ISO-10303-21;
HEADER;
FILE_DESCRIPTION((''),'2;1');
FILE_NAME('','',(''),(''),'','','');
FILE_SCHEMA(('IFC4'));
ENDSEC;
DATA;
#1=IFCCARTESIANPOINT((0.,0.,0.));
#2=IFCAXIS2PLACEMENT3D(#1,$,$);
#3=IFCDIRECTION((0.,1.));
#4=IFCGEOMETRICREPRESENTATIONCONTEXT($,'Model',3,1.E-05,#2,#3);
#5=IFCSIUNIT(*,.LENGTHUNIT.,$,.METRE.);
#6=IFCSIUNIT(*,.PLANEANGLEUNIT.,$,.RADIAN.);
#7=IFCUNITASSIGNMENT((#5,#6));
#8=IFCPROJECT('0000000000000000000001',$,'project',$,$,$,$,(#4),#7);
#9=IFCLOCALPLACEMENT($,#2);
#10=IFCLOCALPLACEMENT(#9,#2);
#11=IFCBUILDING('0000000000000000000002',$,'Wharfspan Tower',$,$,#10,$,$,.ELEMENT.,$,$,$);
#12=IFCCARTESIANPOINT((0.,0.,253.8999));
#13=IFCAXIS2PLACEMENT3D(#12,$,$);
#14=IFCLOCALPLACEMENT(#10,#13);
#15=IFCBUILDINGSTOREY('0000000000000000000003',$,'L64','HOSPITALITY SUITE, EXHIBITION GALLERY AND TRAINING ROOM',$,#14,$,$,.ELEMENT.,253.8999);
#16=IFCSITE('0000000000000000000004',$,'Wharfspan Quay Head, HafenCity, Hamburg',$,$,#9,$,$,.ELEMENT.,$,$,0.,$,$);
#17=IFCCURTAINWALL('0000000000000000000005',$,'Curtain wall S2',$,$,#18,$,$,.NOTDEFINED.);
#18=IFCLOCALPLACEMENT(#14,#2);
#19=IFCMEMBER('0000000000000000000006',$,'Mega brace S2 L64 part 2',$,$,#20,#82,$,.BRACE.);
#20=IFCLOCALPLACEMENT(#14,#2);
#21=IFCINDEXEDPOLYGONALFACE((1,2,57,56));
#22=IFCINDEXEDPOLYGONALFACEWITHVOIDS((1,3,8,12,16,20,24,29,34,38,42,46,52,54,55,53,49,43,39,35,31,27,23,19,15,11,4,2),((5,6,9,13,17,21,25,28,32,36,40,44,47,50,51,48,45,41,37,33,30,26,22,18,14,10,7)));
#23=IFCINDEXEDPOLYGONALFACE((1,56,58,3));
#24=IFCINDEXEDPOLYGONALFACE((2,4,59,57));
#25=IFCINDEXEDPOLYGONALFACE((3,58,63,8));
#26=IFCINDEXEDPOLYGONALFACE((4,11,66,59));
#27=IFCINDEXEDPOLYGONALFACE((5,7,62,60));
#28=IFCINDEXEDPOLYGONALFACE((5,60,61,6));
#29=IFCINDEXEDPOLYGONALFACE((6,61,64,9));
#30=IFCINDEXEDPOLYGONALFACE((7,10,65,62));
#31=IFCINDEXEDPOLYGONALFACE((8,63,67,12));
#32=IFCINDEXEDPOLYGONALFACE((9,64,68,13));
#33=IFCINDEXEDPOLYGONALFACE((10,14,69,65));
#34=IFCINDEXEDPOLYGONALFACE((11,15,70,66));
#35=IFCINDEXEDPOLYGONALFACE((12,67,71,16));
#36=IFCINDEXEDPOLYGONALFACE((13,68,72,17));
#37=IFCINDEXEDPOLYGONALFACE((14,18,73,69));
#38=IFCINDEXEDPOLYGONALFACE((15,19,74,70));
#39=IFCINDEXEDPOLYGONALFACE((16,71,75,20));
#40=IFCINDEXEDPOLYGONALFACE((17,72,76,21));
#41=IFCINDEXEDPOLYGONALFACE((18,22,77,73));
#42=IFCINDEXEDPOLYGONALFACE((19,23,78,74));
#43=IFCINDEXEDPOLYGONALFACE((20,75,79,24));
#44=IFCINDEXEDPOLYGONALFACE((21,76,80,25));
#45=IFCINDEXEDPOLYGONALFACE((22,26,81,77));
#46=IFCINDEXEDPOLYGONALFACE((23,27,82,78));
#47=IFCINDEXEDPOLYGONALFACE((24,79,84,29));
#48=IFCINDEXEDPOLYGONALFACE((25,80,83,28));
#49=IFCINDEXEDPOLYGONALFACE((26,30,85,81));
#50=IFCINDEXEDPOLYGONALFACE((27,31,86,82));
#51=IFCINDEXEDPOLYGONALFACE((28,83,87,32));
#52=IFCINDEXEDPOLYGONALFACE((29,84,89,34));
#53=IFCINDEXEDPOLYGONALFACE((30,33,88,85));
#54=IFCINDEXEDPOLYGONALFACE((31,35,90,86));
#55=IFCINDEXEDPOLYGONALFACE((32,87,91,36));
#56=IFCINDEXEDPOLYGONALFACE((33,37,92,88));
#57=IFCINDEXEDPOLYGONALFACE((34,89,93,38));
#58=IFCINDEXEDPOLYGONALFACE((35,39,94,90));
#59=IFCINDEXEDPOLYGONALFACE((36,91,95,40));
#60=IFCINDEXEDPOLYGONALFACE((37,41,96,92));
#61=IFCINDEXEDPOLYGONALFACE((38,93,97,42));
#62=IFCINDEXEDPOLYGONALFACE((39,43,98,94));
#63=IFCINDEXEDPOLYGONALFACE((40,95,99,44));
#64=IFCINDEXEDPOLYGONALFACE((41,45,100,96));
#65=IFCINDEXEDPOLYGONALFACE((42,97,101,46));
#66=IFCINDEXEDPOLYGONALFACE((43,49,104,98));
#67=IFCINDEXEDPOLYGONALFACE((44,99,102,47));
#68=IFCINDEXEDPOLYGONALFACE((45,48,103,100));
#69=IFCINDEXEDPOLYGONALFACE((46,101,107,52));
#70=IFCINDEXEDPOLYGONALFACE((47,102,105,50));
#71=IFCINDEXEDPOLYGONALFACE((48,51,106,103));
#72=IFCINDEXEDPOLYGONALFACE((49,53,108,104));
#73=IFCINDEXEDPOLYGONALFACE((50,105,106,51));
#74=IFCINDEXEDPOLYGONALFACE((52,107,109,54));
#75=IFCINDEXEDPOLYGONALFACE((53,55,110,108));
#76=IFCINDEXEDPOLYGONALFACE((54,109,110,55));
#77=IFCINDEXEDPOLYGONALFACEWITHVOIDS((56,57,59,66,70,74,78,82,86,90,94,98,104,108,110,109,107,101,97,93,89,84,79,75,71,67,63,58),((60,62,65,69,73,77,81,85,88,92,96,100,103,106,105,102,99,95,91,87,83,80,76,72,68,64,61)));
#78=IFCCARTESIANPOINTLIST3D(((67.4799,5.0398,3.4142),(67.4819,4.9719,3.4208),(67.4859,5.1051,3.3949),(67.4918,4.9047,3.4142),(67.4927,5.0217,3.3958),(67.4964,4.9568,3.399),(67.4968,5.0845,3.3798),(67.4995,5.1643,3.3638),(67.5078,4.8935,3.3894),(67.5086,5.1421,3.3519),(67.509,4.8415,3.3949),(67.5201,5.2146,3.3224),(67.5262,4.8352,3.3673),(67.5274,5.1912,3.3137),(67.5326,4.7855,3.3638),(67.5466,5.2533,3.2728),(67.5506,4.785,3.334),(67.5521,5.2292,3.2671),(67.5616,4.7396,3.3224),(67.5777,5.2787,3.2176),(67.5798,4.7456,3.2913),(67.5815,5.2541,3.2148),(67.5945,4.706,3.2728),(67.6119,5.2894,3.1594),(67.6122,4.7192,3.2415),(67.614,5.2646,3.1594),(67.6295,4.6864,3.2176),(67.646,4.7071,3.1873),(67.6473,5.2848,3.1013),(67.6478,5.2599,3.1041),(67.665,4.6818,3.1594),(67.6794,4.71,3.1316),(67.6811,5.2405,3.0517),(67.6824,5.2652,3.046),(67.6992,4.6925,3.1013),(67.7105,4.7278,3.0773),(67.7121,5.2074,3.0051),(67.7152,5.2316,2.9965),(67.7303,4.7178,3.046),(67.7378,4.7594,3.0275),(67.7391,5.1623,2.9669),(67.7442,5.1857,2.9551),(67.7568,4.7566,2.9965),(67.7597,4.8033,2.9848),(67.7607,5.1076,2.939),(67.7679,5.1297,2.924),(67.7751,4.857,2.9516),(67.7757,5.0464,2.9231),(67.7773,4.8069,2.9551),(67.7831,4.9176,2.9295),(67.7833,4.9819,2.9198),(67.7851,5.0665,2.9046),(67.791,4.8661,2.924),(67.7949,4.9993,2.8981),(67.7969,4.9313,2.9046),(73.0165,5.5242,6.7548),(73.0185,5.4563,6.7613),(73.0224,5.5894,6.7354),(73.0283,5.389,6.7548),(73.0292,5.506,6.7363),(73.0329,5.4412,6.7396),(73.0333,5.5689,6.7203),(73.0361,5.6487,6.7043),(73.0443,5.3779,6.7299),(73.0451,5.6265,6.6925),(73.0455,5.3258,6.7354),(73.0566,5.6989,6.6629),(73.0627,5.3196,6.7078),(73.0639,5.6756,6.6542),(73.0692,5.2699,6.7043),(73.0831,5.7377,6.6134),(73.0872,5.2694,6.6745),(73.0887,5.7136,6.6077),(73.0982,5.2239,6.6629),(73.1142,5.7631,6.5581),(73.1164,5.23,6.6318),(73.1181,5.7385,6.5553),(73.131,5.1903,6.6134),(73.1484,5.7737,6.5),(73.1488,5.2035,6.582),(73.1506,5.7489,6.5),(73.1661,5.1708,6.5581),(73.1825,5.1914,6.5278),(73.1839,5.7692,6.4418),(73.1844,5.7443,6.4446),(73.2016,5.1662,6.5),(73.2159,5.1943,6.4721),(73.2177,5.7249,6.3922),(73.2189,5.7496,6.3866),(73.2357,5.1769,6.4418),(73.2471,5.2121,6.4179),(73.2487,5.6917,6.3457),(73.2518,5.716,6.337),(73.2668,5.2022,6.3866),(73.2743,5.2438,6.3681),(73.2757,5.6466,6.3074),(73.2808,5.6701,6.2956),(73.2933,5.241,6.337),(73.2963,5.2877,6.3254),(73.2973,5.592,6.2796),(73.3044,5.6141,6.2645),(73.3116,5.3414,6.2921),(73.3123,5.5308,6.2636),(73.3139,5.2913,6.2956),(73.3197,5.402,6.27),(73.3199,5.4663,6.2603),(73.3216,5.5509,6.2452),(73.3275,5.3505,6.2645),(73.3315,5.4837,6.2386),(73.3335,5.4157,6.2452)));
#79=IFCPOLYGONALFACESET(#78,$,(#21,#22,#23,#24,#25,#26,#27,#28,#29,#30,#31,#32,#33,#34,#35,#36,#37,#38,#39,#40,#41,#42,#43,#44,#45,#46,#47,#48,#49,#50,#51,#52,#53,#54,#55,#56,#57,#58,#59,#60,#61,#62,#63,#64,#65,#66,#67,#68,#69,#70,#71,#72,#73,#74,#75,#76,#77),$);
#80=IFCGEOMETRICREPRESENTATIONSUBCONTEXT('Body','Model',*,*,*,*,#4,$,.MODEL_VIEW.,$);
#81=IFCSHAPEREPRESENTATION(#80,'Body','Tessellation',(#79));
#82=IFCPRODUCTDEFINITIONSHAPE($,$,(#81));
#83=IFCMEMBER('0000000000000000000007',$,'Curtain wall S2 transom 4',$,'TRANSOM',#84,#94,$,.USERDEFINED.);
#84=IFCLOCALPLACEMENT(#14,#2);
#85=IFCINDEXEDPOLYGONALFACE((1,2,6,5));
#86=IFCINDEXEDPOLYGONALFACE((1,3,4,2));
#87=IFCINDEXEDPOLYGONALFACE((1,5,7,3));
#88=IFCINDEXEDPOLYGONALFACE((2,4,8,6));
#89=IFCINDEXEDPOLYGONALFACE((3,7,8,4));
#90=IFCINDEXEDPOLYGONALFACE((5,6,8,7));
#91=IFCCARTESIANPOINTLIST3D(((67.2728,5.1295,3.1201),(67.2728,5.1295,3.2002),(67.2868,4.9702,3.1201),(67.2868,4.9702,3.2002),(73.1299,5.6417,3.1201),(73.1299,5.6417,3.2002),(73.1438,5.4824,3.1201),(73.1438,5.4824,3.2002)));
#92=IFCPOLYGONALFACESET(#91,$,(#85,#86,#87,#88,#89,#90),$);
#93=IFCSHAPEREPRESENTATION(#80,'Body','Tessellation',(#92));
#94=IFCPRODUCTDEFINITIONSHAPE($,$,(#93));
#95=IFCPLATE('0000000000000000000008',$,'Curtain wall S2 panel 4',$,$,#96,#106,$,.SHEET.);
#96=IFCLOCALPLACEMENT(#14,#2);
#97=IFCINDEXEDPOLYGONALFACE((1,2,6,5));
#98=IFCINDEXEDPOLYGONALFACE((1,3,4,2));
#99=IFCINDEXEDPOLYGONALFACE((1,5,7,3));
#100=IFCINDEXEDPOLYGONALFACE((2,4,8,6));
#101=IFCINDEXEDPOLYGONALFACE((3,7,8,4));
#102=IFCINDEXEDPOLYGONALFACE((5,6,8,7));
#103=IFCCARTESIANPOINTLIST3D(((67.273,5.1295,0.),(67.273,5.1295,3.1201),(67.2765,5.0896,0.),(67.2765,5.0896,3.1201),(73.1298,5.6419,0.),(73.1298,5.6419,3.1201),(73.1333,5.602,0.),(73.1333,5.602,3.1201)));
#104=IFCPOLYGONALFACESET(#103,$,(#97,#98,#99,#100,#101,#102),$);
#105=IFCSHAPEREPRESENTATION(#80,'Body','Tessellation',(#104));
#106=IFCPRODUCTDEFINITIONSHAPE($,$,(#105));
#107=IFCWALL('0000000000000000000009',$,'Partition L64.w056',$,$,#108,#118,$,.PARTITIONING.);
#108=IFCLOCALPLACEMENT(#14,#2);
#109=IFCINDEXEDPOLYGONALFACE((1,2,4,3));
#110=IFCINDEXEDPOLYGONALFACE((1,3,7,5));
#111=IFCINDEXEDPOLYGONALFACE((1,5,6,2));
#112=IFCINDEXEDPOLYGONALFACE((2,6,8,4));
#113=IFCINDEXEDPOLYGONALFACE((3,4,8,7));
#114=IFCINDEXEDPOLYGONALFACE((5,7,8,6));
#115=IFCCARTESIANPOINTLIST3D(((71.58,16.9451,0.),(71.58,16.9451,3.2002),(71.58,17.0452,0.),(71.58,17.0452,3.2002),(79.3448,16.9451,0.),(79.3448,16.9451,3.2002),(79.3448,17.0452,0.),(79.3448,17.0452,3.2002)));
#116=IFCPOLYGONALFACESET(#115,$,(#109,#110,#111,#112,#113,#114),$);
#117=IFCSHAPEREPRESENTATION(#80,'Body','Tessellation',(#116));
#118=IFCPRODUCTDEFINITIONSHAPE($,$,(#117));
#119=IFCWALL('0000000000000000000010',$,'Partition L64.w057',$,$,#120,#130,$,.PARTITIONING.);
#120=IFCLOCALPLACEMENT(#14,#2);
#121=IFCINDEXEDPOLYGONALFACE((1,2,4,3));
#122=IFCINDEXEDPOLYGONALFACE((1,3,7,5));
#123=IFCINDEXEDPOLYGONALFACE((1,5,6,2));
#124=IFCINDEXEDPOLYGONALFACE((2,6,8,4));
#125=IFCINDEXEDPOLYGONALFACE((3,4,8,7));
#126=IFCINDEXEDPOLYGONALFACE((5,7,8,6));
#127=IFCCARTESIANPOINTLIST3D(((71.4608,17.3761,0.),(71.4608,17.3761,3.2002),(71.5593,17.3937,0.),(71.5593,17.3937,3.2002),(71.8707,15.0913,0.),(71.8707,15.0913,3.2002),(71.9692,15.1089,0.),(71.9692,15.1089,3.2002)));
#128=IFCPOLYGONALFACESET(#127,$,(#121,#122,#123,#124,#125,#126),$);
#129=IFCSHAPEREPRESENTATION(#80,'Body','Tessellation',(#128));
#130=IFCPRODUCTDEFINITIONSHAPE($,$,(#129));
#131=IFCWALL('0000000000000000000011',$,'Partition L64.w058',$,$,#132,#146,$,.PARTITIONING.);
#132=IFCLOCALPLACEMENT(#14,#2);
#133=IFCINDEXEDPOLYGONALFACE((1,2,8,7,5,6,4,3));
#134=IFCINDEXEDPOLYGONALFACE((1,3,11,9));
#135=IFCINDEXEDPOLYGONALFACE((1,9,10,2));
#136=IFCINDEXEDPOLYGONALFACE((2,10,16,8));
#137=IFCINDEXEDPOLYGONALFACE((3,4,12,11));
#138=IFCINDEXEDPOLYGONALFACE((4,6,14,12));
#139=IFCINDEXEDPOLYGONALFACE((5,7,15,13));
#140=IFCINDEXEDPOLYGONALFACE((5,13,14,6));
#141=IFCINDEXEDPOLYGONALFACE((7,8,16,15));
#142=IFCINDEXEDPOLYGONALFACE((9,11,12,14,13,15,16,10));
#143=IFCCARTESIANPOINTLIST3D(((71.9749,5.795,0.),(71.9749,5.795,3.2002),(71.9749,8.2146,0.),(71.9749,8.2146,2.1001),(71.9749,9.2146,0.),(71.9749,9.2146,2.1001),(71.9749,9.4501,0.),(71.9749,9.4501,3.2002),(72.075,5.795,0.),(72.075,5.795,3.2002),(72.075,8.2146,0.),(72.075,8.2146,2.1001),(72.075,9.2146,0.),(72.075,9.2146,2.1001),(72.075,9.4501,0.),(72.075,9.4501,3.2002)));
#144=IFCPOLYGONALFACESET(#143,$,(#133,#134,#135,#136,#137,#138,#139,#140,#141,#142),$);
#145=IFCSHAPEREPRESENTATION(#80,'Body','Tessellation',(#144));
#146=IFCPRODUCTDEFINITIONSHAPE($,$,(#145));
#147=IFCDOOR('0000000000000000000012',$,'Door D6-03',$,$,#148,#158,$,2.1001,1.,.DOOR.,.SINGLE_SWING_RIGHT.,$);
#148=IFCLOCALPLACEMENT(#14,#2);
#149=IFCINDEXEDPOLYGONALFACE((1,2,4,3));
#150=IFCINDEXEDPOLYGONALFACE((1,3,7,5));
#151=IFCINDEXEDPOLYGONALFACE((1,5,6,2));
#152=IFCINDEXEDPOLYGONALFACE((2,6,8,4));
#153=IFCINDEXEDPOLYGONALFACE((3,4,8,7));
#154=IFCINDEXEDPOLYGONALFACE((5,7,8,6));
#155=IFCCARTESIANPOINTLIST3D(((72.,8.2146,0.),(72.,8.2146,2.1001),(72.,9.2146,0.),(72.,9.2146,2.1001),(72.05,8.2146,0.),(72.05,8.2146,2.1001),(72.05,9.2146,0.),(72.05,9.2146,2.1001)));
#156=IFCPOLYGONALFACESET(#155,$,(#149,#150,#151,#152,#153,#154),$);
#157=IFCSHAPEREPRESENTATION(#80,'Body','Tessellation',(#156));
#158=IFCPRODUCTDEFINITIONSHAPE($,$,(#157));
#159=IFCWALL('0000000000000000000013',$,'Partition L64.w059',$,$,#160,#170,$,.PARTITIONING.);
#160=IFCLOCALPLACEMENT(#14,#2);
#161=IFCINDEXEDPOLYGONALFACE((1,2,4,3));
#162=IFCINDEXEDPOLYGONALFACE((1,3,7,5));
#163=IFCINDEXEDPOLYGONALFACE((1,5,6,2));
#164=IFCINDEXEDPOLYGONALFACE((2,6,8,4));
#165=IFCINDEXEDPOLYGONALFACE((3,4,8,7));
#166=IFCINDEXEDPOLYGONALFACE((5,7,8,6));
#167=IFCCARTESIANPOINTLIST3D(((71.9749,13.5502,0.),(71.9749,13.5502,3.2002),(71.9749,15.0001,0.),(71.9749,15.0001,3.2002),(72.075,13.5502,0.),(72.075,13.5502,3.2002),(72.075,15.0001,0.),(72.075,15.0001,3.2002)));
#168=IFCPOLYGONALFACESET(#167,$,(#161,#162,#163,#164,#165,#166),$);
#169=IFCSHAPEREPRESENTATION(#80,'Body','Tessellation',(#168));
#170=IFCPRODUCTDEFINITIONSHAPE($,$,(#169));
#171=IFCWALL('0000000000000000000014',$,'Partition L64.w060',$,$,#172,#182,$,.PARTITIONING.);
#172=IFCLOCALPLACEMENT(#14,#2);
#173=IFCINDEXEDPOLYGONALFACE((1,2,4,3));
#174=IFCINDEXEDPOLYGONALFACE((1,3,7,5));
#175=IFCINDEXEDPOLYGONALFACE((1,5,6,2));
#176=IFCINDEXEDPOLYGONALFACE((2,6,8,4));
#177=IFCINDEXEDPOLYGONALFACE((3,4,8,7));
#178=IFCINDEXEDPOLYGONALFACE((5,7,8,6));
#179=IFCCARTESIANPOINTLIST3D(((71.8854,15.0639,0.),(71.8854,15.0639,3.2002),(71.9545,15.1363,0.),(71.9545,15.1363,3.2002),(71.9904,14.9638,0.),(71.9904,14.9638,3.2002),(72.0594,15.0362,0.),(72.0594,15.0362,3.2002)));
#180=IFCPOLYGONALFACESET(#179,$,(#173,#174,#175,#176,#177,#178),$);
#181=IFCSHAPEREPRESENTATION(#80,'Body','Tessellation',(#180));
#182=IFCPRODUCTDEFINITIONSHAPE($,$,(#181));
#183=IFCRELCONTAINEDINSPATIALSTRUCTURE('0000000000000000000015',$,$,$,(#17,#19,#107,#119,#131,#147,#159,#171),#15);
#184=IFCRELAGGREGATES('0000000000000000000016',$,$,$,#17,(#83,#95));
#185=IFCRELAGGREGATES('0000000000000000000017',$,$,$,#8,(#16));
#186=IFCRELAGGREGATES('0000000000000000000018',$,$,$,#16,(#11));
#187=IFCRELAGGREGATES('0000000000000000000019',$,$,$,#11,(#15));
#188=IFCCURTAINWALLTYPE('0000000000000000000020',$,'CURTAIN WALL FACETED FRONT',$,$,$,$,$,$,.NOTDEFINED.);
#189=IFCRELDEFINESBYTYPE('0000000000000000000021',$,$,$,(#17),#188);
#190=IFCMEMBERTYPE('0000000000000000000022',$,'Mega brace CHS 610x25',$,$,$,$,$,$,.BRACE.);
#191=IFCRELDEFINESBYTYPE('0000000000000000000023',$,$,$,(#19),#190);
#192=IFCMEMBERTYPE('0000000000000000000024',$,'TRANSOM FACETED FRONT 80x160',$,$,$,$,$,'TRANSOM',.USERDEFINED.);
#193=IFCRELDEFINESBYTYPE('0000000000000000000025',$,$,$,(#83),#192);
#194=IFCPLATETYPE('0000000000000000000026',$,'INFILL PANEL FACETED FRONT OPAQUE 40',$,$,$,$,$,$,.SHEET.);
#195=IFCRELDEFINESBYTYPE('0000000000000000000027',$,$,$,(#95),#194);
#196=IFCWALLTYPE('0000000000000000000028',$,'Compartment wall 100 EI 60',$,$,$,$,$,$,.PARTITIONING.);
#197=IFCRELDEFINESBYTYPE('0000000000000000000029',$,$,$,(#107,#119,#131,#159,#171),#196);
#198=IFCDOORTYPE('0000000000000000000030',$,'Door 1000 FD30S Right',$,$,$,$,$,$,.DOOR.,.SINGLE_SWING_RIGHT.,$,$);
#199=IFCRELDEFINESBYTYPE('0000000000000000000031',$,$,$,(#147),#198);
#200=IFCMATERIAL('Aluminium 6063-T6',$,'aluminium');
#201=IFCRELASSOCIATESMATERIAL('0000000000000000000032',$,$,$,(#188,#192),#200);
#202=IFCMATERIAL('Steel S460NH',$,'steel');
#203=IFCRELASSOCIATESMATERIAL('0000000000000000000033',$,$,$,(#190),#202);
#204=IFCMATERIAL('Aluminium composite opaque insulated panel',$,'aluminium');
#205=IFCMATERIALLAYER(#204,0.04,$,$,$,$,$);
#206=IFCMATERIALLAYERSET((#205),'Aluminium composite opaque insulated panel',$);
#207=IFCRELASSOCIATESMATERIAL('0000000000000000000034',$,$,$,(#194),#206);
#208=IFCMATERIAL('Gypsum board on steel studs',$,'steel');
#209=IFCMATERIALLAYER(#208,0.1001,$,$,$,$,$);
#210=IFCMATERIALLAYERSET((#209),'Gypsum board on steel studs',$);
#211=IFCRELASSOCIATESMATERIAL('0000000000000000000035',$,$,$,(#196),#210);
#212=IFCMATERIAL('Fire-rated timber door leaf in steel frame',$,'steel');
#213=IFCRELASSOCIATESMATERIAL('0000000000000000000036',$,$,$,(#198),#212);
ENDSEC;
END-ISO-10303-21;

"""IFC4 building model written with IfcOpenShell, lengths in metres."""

from ifc_helpers import new_model, si_unit, direction, frame, frame_2d, origin, origin_2d, place, context, subcontext, project, spatial, rectangle, hollow_circle, extrude, material, layer, layer_set, material_profile, profile_set, type_object, element, fill, aggregate, save


model = new_model("IFC4")

# Units and contexts
model_context = context("Model", 3, precision=1e-05, world=origin(), true_north=direction((0.0, 1.0)))
body_context = subcontext(model_context, "Body", "Model", "MODEL_VIEW")
ifc_project = project(units=[si_unit("LENGTHUNIT", "METRE"), si_unit("PLANEANGLEUNIT", "RADIAN")], contexts=[model_context])

# Site, building, storey
site_placement = place(None, origin())
site = spatial("IfcSite", under=ifc_project, at=site_placement, Name="Wharfspan Quay Head, HafenCity, Hamburg", CompositionType="ELEMENT", RefElevation=0.0)
building_placement = place(site_placement, origin())
building = spatial("IfcBuilding", under=site, at=building_placement, Name="Wharfspan Tower", CompositionType="ELEMENT")
storey_placement = place(building_placement, frame((0.0, 0.0, 253.8999)))
storey = spatial("IfcBuildingStorey", under=building, at=storey_placement, Name="L64", Description="HOSPITALITY SUITE, EXHIBITION GALLERY AND TRAINING ROOM", CompositionType="ELEMENT", Elevation=253.8999)

# Shared definitions
ifc_material_1 = material(Name="Steel S460NH", Category="steel")

# Curtain wall
ifc_material_2 = material(Name="Aluminium 6063-T6", Category="aluminium")
curtain_wall_type = type_object("IfcCurtainWallType", Name="CURTAIN WALL FACETED FRONT", PredefinedType="NOTDEFINED", material=ifc_material_2)
curtain_wall_placement = place(storey_placement, origin())
curtain_wall = element("IfcCurtainWall", 1, at=curtain_wall_placement, inside=storey, type_object=curtain_wall_type, Name="Curtain wall S2", PredefinedType="NOTDEFINED")

# Members
ifc_material_profile_1 = material_profile(ifc_material_1, hollow_circle(Radius=0.3049, WallThickness=0.0249, at=origin_2d()))
ifc_profile_set_1 = profile_set([ifc_material_profile_1], Name="Steel S460NH")
member_type_1 = type_object("IfcMemberType", Name="Mega brace CHS 610x25", PredefinedType="BRACE", material=ifc_profile_set_1)
member_1_placement = place(storey_placement, frame((67.6384, 4.9856, 3.1594), z_axis=(0.853829, 0.074698, 0.515166), x_axis=(-0.087155, 0.996197, 0.000003)))
element("IfcMember", 2, at=member_1_placement, inside=storey, type_object=member_type_1, Name="Mega brace S2 L64 part 2", PredefinedType="BRACE", context=body_context, shape_type="SweptSolid", body=[
    extrude(hollow_circle(Radius=0.3049, WallThickness=0.0249, at=origin_2d()), origin(), (0.0, 0.0, 1.0), 6.4844),
])
ifc_material_profile_2 = material_profile(ifc_material_2, rectangle(XDim=0.1599, YDim=0.0801, at=origin_2d()))
ifc_profile_set_2 = profile_set([ifc_material_profile_2], Name="Aluminium 6063-T6")
member_type_2 = type_object("IfcMemberType", Name="TRANSOM FACETED FRONT 80x160", ElementType="TRANSOM", PredefinedType="USERDEFINED", material=ifc_profile_set_2)
member_2_placement = place(storey_placement, frame((67.2798, 5.0498, 3.1602), z_axis=(0.996198, 0.087121, 0.0), x_axis=(-0.087121, 0.996198, 0.0)))
member_2 = element("IfcMember", 3, at=member_2_placement, type_object=member_type_2, Name="Curtain wall S2 transom 4", ObjectType="TRANSOM", PredefinedType="USERDEFINED", context=body_context, shape_type="SweptSolid", body=[
    extrude(rectangle(XDim=0.1599, YDim=0.0801, at=origin_2d()), origin(), (0.0, 0.0, 1.0), 5.8794),
])

# Plate
ifc_material_3 = material(Name="Aluminium composite opaque insulated panel", Category="aluminium")
ifc_layer_1 = layer(ifc_material_3, 0.04)
ifc_layer_set_1 = layer_set([ifc_layer_1], Name="Aluminium composite opaque insulated panel")
plate_type = type_object("IfcPlateType", Name="INFILL PANEL FACETED FRONT OPAQUE 40", PredefinedType="SHEET", material=ifc_layer_set_1)
plate_placement = place(storey_placement, frame((70.2031, 5.3657, 0.0), z_axis=(0.0, 0.0, 1.0), x_axis=(0.996197, 0.087156, 0.0)))
plate = element("IfcPlate", 4, at=plate_placement, type_object=plate_type, Name="Curtain wall S2 panel 4", PredefinedType="SHEET", context=body_context, shape_type="SweptSolid", body=[
    extrude(rectangle(XDim=5.8792, YDim=0.04, at=origin_2d()), origin(), (0.0, 0.0, 1.0), 3.1201),
])
aggregate(curtain_wall, [member_2, plate])

# Walls
ifc_material_4 = material(Name="Gypsum board on steel studs", Category="steel")
ifc_layer_2 = layer(ifc_material_4, 0.1001)
ifc_layer_set_2 = layer_set([ifc_layer_2], Name="Gypsum board on steel studs")
wall_type_1 = type_object("IfcWallType", Name="Compartment wall 100 EI 60", PredefinedType="PARTITIONING", material=ifc_layer_set_2)
wall_1_placement = place(storey_placement, frame((71.5801, 16.9951, 0.0), z_axis=(0.0, 0.0, 1.0), x_axis=(1.0, 0.0, 0.0)))
element("IfcWall", 5, at=wall_1_placement, inside=storey, type_object=wall_type_1, Name="Partition L64.w056", PredefinedType="PARTITIONING", context=body_context, shape_type="SweptSolid", body=[
    extrude(rectangle(XDim=7.7649, YDim=0.1001, at=frame_2d((3.8823, 0.0))), origin(), (0.0, 0.0, 1.0), 3.2002),
])
wall_2_placement = place(storey_placement, frame((71.9199, 15.1001, 0.0), z_axis=(0.0, 0.0, 1.0), x_axis=(-0.176581, 0.984289, 0.0)))
element("IfcWall", 6, at=wall_2_placement, inside=storey, type_object=wall_type_1, Name="Partition L64.w057", PredefinedType="PARTITIONING", context=body_context, shape_type="SweptSolid", body=[
    extrude(rectangle(XDim=2.3213, YDim=0.1001, at=frame_2d((1.1606, 0.0))), origin(), (0.0, 0.0, 1.0), 3.2002),
])

# Wall, opening, door
wall_3_placement = place(storey_placement, frame((72.0249, 5.7949, 0.0), z_axis=(0.0, 0.0, 1.0), x_axis=(0.0, 1.0, 0.0)))
wall_3 = element("IfcWall", 7, at=wall_3_placement, inside=storey, type_object=wall_type_1, Name="Partition L64.w058", PredefinedType="PARTITIONING", context=body_context, shape_type="SweptSolid", body=[
    extrude(rectangle(XDim=3.655, YDim=0.1001, at=frame_2d((1.8276, 0.0))), origin(), (0.0, 0.0, 1.0), 3.2002),
])
opening_placement = place(wall_3_placement, frame((2.4197, 0.0, 0.0)))
opening = element("IfcOpeningElement", 8, at=opening_placement, cuts=wall_3, PredefinedType="OPENING", context=body_context, shape_type="SweptSolid", body=[
    extrude(rectangle(XDim=1.0, YDim=2.1001, at=frame_2d((0.5, 1.05))), frame((0.0, 0.0601, 0.0), z_axis=(0.0, -1.0, 0.0), x_axis=(1.0, 0.0, 0.0)), (0.0, 0.0, 1.0), 0.1201),
])
ifc_material_5 = material(Name="Fire-rated timber door leaf in steel frame", Category="steel")
door_type = type_object("IfcDoorType", Name="Door 1000 FD30S Right", OperationType="SINGLE_SWING_RIGHT", PredefinedType="DOOR", material=ifc_material_5)
door_placement = place(opening_placement, origin())
door = element("IfcDoor", 9, at=door_placement, inside=storey, type_object=door_type, Name="Door D6-03", OperationType="SINGLE_SWING_RIGHT", OverallHeight=2.1001, OverallWidth=1.0, PredefinedType="DOOR", context=body_context, shape_type="SweptSolid", body=[
    extrude(rectangle(XDim=1.0, YDim=2.1001, at=frame_2d((0.5, 1.05))), frame((0.0, 0.0249, 0.0), z_axis=(0.0, -1.0, 0.0), x_axis=(1.0, 0.0, 0.0)), (0.0, 0.0, 1.0), 0.05),
])
fill(opening, door)

# Walls
wall_4_placement = place(storey_placement, frame((72.0249, 13.55, 0.0), z_axis=(0.0, 0.0, 1.0), x_axis=(0.0, 1.0, 0.0)))
element("IfcWall", 10, at=wall_4_placement, inside=storey, type_object=wall_type_1, Name="Partition L64.w059", PredefinedType="PARTITIONING", context=body_context, shape_type="SweptSolid", body=[
    extrude(rectangle(XDim=1.45, YDim=0.1001, at=frame_2d((0.7251, 0.0))), origin(), (0.0, 0.0, 1.0), 3.2002),
])
wall_5_placement = place(storey_placement, frame((72.0249, 15.0, 0.0), z_axis=(0.0, 0.0, 1.0), x_axis=(-0.723734, 0.690072, 0.0)))
element("IfcWall", 11, at=wall_5_placement, inside=storey, type_object=wall_type_1, Name="Partition L64.w060", PredefinedType="PARTITIONING", context=body_context, shape_type="SweptSolid", body=[
    extrude(rectangle(XDim=0.145, YDim=0.1001, at=frame_2d((0.0725, 0.0))), origin(), (0.0, 0.0, 1.0), 3.2002),
])

save(model, "model.ifc")
